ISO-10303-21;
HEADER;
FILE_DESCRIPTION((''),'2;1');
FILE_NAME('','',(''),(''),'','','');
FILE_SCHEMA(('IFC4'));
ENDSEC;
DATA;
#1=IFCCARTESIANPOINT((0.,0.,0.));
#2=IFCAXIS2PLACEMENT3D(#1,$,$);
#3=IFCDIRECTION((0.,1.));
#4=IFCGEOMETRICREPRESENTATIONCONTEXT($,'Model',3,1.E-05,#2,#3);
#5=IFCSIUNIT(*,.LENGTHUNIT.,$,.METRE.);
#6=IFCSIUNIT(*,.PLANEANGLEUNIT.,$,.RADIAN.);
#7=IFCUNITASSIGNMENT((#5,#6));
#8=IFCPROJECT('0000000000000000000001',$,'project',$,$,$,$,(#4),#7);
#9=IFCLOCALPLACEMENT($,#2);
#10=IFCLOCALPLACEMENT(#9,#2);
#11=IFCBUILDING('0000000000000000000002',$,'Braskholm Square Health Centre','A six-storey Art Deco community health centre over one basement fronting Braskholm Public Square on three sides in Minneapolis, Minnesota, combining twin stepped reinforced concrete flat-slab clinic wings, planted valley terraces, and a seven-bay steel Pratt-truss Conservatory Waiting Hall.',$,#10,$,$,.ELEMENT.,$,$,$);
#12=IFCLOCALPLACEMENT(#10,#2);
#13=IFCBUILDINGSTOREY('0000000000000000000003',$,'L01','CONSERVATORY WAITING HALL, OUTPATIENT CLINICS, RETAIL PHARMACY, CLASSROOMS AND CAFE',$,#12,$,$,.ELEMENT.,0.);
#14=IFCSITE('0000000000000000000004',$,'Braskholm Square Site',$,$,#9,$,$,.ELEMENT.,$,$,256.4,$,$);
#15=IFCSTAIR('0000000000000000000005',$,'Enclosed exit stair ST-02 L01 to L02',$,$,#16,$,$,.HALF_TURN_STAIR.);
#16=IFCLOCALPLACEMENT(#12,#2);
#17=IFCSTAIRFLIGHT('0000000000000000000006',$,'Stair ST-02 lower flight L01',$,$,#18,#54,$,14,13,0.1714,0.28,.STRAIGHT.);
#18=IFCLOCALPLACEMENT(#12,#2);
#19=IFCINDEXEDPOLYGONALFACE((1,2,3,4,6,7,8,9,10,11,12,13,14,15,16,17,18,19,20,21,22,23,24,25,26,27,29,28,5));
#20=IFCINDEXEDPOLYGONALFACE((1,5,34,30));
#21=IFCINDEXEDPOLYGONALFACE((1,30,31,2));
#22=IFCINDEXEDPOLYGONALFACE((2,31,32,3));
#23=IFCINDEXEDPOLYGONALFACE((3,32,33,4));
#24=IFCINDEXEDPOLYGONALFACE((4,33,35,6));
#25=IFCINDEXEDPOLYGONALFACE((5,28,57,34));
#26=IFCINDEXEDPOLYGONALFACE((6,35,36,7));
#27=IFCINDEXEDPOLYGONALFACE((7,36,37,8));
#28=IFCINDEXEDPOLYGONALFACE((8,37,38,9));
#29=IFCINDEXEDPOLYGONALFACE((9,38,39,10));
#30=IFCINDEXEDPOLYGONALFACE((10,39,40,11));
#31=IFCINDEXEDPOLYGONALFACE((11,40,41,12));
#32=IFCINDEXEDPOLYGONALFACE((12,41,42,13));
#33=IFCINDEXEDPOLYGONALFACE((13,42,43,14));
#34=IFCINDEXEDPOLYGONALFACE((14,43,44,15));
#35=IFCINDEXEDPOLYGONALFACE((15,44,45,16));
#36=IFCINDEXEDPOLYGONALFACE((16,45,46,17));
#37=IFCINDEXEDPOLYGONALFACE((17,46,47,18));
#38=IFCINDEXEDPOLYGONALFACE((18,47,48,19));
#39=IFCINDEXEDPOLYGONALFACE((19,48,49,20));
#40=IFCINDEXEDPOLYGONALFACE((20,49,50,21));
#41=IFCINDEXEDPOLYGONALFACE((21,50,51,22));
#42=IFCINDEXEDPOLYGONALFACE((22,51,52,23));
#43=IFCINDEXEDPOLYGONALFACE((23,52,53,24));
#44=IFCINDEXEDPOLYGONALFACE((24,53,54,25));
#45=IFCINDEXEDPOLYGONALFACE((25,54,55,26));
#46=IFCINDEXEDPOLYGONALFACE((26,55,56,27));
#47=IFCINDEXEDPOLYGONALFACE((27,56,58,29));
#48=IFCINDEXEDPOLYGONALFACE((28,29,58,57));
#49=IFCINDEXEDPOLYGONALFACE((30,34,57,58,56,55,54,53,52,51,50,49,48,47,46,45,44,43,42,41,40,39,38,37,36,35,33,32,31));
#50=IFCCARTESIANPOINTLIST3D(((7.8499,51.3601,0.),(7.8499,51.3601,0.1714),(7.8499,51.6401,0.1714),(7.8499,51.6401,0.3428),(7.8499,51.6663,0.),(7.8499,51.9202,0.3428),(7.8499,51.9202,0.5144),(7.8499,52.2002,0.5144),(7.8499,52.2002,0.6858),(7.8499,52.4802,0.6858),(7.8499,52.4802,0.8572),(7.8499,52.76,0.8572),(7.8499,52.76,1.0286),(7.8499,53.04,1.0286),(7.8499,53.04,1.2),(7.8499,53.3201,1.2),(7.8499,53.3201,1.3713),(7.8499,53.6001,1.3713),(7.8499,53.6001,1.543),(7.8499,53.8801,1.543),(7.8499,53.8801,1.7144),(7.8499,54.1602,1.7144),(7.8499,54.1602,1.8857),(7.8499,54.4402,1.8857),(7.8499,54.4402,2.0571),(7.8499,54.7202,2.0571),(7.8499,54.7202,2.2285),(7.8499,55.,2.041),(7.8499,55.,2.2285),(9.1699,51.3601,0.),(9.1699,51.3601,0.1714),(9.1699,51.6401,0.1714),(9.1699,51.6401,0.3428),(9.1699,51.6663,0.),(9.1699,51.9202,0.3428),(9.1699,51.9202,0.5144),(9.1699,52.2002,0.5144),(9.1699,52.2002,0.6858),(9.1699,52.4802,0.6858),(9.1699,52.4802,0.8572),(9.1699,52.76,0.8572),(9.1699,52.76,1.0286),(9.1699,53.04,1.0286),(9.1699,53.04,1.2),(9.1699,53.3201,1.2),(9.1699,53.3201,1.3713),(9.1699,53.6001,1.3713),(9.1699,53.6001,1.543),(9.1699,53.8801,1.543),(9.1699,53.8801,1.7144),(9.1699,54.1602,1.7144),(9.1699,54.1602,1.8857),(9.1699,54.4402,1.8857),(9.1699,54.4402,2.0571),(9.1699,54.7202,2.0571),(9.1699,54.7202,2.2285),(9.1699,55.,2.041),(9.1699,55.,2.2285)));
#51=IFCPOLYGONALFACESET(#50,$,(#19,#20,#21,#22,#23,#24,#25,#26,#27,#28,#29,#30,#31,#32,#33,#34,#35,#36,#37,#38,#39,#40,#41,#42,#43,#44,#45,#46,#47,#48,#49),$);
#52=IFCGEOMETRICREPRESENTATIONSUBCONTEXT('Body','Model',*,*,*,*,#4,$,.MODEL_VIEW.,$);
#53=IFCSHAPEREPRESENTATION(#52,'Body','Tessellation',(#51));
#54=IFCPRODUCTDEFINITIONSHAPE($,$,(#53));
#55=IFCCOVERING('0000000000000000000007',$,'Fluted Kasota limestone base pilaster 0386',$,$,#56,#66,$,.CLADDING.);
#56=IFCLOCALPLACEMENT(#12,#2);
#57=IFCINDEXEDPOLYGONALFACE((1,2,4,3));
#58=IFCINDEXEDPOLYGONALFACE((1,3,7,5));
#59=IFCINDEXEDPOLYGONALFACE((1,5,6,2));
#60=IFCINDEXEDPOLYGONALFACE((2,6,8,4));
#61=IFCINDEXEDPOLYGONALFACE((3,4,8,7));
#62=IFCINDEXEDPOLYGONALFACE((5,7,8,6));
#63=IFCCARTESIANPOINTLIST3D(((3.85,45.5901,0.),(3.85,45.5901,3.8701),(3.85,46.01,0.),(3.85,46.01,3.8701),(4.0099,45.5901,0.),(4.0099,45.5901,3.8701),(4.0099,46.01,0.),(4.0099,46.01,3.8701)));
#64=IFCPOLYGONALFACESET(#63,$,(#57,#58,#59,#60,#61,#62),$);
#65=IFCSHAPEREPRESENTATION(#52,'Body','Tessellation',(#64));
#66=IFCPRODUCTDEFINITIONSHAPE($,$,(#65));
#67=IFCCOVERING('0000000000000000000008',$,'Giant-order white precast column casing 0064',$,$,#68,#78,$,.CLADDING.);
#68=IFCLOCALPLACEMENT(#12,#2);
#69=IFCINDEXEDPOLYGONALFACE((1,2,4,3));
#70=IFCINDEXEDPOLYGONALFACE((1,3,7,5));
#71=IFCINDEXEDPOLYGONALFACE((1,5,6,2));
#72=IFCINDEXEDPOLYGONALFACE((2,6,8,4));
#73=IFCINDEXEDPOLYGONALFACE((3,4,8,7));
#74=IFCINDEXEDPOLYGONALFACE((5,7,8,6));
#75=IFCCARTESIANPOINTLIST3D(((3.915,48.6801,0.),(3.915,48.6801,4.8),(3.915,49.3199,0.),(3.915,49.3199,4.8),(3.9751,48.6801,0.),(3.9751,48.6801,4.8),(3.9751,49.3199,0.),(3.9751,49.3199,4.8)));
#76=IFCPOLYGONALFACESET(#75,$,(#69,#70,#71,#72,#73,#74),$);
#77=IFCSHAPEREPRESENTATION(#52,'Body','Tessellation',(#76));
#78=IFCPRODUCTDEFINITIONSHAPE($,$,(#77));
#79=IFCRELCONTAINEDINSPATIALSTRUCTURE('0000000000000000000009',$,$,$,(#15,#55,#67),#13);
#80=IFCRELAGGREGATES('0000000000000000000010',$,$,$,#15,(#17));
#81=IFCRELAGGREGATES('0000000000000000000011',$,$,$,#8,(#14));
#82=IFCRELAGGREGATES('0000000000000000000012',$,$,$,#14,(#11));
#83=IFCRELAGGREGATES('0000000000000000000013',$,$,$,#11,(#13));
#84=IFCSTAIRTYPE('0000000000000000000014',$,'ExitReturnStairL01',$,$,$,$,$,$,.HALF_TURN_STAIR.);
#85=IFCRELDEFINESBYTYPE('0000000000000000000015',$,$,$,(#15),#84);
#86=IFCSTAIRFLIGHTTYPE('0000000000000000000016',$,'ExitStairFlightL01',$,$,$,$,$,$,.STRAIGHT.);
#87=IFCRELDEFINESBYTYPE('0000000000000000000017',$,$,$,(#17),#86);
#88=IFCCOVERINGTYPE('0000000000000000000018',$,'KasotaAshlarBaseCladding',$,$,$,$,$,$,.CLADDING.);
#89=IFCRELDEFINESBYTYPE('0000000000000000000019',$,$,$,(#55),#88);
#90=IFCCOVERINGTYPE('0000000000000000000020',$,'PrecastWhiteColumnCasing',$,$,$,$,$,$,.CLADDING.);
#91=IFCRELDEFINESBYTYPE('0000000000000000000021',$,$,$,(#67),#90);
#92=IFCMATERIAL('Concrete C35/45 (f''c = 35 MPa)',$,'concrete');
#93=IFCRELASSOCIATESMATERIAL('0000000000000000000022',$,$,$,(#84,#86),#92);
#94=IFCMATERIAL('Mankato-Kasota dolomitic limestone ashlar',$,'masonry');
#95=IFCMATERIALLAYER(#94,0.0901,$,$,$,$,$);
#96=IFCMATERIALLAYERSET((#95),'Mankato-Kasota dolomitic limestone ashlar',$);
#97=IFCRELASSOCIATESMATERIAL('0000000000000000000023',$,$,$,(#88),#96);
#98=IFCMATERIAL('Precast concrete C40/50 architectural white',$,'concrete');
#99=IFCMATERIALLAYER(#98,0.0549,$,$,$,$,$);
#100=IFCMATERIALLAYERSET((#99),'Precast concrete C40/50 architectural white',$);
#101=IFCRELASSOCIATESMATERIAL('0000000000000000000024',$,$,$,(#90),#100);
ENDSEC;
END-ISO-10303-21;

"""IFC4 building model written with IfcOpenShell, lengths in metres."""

from ifc_helpers import new_model, si_unit, direction, frame, origin, origin_2d, place, context, subcontext, project, spatial, polyline, rectangle, outline, extrude, material, layer, layer_set, type_object, element, aggregate, save


model = new_model("IFC4")

# Units and contexts
model_context = context("Model", 3, precision=1e-05, world=origin(), true_north=direction((0.0, 1.0)))
body_context = subcontext(model_context, "Body", "Model", "MODEL_VIEW")
ifc_project = project(units=[si_unit("LENGTHUNIT", "METRE"), si_unit("PLANEANGLEUNIT", "RADIAN")], contexts=[model_context])

# Site, building, storey
site_placement = place(None, origin())
site = spatial("IfcSite", under=ifc_project, at=site_placement, Name="Braskholm Square Site", CompositionType="ELEMENT", RefElevation=256.4)
building_placement = place(site_placement, origin())
building = spatial("IfcBuilding", under=site, at=building_placement, Name="Braskholm Square Health Centre", Description="A six-storey Art Deco community health centre over one basement fronting Braskholm Public Square on three sides in Minneapolis, Minnesota, combining twin stepped reinforced concrete flat-slab clinic wings, planted valley terraces, and a seven-bay steel Pratt-truss Conservatory Waiting Hall.", CompositionType="ELEMENT")
storey_placement = place(building_placement, origin())
storey = spatial("IfcBuildingStorey", under=building, at=storey_placement, Name="L01", Description="CONSERVATORY WAITING HALL, OUTPATIENT CLINICS, RETAIL PHARMACY, CLASSROOMS AND CAFE", CompositionType="ELEMENT", Elevation=0.0)

# Shared definitions
ifc_material_1 = material(Name="Precast concrete C40/50 architectural white", Category="concrete")

# Shared definitions
ifc_material_2 = material(Name="Concrete C35/45 (f'c = 35 MPa)", Category="concrete")

# Stair, stair flight
stair_type = type_object("IfcStairType", Name="ExitReturnStairL01", PredefinedType="HALF_TURN_STAIR", material=ifc_material_2)
stair_placement = place(storey_placement, origin())
stair = element("IfcStair", 1, at=stair_placement, inside=storey, type_object=stair_type, Name="Enclosed exit stair ST-02 L01 to L02", PredefinedType="HALF_TURN_STAIR")
stair_flight_type = type_object("IfcStairFlightType", Name="ExitStairFlightL01", PredefinedType="STRAIGHT", material=ifc_material_2)
stair_flight_placement = place(storey_placement, frame((8.51, 51.3601, 0.0), z_axis=(0.0, 0.0, 1.0), x_axis=(0.0, 1.0, 0.0)))
stair_flight = element("IfcStairFlight", 2, at=stair_flight_placement, type_object=stair_flight_type, Name="Stair ST-02 lower flight L01", NumberOfRisers=14, NumberOfTreads=13, PredefinedType="STRAIGHT", RiserHeight=0.1714, TreadLength=0.28, context=body_context, shape_type="SweptSolid", body=[
    extrude(outline(polyline([(0.0, 0.0), (0.0, 0.1714), (0.28, 0.1714), (0.28, 0.3428), (0.5601, 0.3428), (0.5601, 0.5144), (0.8401, 0.5144), (0.8401, 0.6858), (1.1201, 0.6858), (1.1201, 0.8572), (1.3999, 0.8572), (1.3999, 1.0286), (1.6799, 1.0286), (1.6799, 1.2), (1.96, 1.2), (1.96, 1.3713), (2.24, 1.3713), (2.24, 1.543), (2.52, 1.543), (2.52, 1.7144), (2.8, 1.7144), (2.8, 1.8857), (3.0801, 1.8857), (3.0801, 2.0571), (3.3601, 2.0571), (3.3601, 2.2285), (3.6399, 2.2285), (3.6399, 2.3999), (3.6399, 2.041), (0.3062, 0.0), (0.0, 0.0)])), frame((0.0, 0.6602, 0.0), z_axis=(0.0, -1.0, 0.0), x_axis=(1.0, 0.0, 0.0)), (0.0, 0.0, 1.0), 1.3201),
])
aggregate(stair, [stair_flight])

# Coverings
ifc_material_3 = material(Name="Mankato-Kasota dolomitic limestone ashlar", Category="masonry")
ifc_layer_1 = layer(ifc_material_3, 0.0901)
ifc_layer_set_1 = layer_set([ifc_layer_1], Name="Mankato-Kasota dolomitic limestone ashlar")
covering_type_1 = type_object("IfcCoveringType", Name="KasotaAshlarBaseCladding", PredefinedType="CLADDING", material=ifc_layer_set_1)
covering_1_placement = place(storey_placement, frame((3.9299, 45.8, 0.0), z_axis=(0.0, 0.0, 1.0), x_axis=(1.0, 0.0, 0.0)))
element("IfcCovering", 3, at=covering_1_placement, inside=storey, type_object=covering_type_1, Name="Fluted Kasota limestone base pilaster 0386", PredefinedType="CLADDING", context=body_context, shape_type="SweptSolid", body=[
    extrude(rectangle(XDim=0.1599, YDim=0.4199, at=origin_2d()), origin(), (0.0, 0.0, 1.0), 3.8701),
])
ifc_layer_2 = layer(ifc_material_1, 0.0549)
ifc_layer_set_2 = layer_set([ifc_layer_2], Name="Precast concrete C40/50 architectural white")
covering_type_2 = type_object("IfcCoveringType", Name="PrecastWhiteColumnCasing", PredefinedType="CLADDING", material=ifc_layer_set_2)
covering_2_placement = place(storey_placement, frame((3.9451, 49.0, 0.0), z_axis=(0.0, 0.0, 1.0), x_axis=(1.0, 0.0, 0.0)))
element("IfcCovering", 4, at=covering_2_placement, inside=storey, type_object=covering_type_2, Name="Giant-order white precast column casing 0064", PredefinedType="CLADDING", context=body_context, shape_type="SweptSolid", body=[
    extrude(rectangle(XDim=0.0601, YDim=0.6399, at=origin_2d()), origin(), (0.0, 0.0, 1.0), 4.8),
])

save(model, "model.ifc")
